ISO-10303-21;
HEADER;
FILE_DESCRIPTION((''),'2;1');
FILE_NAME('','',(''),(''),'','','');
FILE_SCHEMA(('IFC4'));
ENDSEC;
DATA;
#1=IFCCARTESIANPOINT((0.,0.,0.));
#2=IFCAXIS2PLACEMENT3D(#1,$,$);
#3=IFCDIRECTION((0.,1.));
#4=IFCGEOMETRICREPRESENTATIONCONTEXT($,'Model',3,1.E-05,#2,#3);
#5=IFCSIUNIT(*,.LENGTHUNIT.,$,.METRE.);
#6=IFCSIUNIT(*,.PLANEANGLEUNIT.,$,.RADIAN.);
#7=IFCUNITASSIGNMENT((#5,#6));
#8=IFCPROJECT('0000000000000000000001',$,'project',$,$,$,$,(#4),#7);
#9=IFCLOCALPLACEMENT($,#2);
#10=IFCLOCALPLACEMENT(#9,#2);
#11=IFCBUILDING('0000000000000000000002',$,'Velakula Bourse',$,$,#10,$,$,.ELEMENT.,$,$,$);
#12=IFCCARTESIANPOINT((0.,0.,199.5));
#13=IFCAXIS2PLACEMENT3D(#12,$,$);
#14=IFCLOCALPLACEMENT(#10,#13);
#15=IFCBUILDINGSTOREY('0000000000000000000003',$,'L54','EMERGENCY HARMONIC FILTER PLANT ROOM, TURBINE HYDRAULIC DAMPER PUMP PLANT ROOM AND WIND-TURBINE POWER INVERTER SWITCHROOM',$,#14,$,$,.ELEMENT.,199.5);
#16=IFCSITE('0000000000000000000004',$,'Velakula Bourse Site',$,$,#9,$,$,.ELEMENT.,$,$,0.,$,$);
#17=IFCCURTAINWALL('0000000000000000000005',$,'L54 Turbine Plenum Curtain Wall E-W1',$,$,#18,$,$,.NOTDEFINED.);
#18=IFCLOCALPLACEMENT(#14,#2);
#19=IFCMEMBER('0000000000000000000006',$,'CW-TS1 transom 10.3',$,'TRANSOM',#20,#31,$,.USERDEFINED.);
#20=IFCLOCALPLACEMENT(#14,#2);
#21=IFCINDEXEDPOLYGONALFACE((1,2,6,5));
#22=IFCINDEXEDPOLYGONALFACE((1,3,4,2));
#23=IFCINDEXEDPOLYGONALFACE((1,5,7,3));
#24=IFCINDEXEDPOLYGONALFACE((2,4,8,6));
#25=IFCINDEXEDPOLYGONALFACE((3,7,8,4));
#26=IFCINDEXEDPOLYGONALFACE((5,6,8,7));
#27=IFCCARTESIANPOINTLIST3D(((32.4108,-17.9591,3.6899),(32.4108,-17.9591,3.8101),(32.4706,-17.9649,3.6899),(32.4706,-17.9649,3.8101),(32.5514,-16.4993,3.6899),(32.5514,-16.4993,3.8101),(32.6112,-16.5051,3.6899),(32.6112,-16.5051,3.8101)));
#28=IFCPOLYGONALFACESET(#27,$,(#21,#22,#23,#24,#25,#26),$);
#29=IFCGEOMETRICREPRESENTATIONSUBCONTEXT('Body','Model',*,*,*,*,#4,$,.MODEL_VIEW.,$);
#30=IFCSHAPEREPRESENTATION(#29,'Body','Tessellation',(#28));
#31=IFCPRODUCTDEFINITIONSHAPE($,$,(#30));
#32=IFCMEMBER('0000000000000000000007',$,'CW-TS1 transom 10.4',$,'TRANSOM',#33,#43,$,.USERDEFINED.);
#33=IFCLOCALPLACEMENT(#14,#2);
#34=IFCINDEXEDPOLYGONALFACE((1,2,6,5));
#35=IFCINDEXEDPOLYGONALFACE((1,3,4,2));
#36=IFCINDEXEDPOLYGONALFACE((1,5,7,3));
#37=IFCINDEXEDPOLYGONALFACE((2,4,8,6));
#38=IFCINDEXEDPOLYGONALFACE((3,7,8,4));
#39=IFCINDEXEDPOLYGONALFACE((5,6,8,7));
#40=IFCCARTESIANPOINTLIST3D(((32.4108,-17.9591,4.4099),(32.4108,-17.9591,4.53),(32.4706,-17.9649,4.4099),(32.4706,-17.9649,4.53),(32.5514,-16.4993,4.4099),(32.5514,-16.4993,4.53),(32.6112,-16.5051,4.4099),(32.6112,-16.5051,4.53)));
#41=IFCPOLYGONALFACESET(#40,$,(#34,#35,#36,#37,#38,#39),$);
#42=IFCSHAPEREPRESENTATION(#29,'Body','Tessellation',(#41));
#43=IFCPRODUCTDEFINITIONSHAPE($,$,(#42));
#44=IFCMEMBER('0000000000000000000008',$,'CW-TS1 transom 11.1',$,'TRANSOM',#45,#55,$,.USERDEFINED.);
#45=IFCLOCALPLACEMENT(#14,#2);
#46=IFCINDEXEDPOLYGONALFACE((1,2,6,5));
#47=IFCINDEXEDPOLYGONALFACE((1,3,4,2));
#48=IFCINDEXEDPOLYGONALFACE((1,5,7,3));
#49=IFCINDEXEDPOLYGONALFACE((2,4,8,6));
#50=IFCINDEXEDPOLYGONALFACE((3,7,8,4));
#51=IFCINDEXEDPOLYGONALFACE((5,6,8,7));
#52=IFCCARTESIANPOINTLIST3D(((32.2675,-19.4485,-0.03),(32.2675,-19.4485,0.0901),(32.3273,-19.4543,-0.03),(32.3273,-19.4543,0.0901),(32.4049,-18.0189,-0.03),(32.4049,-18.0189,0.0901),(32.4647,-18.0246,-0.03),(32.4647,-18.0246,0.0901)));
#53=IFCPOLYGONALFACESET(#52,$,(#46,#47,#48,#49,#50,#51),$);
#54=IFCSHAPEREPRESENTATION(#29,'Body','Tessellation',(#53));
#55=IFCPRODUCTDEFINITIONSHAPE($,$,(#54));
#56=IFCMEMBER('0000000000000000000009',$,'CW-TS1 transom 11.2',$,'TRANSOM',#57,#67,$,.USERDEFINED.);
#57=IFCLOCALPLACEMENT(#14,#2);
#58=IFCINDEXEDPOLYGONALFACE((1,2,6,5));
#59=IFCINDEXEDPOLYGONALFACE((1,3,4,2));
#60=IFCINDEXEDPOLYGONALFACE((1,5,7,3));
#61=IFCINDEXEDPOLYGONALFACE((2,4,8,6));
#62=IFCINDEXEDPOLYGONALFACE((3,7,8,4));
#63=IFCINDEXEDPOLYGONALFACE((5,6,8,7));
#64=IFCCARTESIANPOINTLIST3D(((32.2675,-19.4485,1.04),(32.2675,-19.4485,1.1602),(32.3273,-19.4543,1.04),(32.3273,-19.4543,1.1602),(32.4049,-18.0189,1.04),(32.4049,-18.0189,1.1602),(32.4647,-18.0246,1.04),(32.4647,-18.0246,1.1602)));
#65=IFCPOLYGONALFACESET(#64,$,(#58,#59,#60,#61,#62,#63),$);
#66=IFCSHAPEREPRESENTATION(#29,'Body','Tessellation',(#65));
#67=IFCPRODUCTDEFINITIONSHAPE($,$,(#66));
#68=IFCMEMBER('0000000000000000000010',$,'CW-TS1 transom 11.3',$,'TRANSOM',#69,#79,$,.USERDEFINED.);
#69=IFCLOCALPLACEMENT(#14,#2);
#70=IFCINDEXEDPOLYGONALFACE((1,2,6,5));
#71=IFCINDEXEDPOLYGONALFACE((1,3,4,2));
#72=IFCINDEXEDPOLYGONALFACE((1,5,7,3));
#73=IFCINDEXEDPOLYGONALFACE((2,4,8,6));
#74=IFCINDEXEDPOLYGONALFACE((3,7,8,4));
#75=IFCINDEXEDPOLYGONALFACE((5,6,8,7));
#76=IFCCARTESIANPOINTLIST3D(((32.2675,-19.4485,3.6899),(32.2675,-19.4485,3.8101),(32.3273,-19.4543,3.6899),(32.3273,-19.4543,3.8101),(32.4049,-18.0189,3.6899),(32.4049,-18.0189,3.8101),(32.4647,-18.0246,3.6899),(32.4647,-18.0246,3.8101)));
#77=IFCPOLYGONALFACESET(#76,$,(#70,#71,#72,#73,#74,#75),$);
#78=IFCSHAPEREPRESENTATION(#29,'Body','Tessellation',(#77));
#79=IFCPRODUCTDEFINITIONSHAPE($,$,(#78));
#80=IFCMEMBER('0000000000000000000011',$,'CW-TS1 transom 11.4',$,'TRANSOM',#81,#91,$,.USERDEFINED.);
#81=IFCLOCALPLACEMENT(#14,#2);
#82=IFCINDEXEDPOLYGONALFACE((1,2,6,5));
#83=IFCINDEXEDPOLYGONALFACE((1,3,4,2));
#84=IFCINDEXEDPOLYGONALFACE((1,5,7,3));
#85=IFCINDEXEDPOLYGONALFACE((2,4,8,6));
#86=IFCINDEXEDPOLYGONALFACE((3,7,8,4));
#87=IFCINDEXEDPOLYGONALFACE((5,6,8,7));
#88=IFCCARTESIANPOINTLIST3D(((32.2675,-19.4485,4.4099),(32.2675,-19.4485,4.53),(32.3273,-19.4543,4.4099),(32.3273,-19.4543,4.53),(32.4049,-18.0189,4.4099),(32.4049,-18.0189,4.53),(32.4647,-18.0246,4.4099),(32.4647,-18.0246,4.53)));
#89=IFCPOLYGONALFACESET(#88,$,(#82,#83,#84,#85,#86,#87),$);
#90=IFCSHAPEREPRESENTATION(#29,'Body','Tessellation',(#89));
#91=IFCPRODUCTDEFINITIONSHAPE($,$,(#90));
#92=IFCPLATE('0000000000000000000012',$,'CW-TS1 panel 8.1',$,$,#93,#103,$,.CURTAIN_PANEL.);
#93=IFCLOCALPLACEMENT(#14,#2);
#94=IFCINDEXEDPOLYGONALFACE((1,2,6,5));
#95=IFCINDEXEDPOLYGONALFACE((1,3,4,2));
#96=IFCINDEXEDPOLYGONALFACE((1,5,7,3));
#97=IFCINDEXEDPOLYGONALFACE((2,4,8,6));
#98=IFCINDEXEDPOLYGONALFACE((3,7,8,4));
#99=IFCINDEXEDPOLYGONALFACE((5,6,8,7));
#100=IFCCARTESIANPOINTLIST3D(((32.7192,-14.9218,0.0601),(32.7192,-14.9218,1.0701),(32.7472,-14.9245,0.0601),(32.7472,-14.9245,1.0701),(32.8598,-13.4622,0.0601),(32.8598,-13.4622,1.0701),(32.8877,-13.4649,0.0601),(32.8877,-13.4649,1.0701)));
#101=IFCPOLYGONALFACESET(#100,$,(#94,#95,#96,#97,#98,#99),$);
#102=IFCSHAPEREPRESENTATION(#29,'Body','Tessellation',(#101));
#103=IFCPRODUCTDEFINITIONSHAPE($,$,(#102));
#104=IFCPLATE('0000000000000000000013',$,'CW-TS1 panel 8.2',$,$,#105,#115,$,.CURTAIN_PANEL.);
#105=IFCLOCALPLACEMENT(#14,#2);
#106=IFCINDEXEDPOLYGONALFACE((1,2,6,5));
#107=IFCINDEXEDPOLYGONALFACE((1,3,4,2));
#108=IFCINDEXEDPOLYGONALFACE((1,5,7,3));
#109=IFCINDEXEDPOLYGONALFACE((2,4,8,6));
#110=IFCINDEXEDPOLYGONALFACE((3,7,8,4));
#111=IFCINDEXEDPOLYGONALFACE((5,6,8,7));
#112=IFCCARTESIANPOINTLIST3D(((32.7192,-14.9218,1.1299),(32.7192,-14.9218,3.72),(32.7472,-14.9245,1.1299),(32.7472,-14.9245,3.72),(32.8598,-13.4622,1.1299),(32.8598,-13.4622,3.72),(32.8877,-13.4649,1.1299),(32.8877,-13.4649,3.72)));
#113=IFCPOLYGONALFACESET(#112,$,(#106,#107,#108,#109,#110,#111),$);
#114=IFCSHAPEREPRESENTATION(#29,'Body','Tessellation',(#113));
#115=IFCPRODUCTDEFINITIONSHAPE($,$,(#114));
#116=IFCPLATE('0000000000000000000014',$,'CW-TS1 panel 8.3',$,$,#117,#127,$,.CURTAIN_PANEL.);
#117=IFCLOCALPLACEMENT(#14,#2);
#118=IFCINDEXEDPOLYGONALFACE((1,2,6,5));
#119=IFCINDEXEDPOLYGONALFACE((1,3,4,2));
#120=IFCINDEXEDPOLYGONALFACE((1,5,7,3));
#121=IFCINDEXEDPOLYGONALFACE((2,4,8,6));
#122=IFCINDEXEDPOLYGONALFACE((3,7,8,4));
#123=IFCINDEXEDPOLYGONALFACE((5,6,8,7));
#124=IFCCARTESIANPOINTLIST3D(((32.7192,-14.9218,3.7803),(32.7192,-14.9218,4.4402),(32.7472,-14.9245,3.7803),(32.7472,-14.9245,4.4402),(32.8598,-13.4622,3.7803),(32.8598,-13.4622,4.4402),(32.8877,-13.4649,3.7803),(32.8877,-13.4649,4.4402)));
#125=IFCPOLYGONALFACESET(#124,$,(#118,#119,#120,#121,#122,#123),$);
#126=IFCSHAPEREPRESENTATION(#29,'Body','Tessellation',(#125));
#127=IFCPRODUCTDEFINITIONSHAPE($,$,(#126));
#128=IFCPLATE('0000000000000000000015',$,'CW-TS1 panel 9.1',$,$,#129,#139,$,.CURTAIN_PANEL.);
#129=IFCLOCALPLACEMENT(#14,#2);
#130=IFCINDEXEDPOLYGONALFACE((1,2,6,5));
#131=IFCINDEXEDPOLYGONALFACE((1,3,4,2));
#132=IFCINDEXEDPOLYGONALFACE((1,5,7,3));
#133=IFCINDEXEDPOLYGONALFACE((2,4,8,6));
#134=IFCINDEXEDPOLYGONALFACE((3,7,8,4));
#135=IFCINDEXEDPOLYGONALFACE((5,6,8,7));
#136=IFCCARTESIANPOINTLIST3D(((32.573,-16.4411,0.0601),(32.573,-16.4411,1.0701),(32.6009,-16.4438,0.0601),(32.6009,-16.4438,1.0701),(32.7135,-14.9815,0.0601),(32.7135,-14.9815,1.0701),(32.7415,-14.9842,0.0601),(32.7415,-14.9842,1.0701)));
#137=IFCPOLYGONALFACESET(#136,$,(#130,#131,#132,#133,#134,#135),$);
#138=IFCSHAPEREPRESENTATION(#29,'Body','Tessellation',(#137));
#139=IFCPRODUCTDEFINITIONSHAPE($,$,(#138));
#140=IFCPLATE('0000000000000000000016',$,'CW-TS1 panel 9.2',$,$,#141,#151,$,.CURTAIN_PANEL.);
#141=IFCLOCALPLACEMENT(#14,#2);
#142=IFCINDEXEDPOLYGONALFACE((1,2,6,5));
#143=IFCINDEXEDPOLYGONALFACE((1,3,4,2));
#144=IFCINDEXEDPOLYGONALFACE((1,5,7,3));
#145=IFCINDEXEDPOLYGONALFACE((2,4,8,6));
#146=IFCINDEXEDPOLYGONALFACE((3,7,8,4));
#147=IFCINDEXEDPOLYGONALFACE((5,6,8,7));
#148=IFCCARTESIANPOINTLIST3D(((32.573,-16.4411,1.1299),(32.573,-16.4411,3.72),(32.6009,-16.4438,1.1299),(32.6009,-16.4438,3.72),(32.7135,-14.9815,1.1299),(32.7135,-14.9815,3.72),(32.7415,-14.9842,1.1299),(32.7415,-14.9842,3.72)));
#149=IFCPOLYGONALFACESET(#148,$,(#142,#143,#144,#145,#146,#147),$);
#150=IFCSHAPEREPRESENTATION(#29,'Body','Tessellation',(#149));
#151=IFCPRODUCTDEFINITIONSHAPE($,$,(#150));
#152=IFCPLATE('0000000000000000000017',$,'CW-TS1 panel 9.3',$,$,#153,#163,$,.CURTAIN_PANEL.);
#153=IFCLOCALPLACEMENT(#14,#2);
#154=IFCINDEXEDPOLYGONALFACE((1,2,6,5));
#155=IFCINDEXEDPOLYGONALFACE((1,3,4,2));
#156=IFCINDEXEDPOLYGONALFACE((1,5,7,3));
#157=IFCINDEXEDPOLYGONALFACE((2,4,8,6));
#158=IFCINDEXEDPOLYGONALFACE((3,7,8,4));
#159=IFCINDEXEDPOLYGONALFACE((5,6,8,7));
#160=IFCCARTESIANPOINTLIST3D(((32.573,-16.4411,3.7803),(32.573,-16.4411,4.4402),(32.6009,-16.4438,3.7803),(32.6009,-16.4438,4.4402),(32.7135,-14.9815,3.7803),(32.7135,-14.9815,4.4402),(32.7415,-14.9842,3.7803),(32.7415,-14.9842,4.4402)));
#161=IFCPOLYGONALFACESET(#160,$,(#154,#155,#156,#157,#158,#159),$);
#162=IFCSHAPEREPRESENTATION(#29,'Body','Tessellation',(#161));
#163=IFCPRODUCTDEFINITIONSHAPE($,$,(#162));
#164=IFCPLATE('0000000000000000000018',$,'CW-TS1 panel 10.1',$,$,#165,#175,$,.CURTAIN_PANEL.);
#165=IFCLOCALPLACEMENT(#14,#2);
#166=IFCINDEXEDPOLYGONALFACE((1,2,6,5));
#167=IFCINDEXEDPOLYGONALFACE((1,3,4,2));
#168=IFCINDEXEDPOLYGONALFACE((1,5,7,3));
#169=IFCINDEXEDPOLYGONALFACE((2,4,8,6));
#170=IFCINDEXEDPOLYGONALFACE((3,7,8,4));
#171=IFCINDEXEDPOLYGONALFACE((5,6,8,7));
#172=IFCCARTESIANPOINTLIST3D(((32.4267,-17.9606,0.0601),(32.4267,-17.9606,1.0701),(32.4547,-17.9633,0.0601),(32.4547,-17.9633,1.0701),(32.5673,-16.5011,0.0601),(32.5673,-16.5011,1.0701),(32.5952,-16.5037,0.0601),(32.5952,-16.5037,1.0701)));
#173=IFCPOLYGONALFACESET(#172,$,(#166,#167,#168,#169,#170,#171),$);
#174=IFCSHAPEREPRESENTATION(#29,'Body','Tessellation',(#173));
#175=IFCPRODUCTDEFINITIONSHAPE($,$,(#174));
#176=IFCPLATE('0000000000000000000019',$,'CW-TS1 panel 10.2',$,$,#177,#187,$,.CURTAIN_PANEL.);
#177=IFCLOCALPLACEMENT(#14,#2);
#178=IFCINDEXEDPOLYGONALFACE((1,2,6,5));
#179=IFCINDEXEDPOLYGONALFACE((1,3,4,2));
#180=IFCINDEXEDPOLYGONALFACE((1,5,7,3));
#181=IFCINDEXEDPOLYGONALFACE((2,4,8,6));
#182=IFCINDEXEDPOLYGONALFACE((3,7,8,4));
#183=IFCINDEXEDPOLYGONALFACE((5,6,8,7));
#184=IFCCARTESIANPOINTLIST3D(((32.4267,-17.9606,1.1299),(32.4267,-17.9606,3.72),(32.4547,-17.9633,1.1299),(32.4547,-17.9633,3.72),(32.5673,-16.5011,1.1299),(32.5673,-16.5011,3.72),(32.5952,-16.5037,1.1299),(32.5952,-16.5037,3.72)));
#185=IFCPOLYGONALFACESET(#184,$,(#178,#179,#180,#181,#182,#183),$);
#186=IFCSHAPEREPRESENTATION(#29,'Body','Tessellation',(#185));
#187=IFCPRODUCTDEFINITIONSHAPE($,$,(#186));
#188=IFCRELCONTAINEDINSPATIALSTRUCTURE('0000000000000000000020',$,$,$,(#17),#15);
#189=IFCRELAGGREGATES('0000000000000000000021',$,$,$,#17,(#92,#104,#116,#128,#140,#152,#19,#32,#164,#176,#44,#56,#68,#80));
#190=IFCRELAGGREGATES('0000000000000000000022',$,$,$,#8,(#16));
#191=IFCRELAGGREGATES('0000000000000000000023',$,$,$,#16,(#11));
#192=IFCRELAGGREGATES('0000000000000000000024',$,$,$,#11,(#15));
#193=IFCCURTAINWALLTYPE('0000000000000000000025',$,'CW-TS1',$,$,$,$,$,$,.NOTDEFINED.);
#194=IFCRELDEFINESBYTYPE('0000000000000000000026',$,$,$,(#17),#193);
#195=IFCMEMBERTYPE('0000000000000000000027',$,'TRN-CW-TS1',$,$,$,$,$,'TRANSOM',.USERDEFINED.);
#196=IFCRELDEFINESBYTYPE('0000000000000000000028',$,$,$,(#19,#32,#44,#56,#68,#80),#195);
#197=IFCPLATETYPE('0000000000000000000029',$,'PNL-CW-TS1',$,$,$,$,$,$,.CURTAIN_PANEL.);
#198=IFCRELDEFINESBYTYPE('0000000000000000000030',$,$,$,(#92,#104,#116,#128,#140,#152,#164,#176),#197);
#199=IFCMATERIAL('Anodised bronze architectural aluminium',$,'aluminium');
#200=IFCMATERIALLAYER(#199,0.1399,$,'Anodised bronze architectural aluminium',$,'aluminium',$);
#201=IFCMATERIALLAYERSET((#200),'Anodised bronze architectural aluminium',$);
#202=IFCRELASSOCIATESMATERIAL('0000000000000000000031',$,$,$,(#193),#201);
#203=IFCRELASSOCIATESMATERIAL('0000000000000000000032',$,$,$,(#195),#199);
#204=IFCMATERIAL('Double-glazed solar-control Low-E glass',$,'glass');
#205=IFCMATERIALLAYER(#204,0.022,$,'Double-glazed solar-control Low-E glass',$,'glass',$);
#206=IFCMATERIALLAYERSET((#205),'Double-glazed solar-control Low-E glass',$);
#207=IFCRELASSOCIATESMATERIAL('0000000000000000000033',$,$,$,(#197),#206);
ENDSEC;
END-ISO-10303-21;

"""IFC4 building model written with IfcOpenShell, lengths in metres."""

from ifc_helpers import new_model, si_unit, direction, frame, origin, origin_2d, place, context, subcontext, project, spatial, rectangle, extrude, material, layer, layer_set, material_profile, profile_set, type_object, element, aggregate, save


model = new_model("IFC4")

# Units and contexts
model_context = context("Model", 3, precision=1e-05, world=origin(), true_north=direction((0.0, 1.0)))
body_context = subcontext(model_context, "Body", "Model", "MODEL_VIEW")
ifc_project = project(units=[si_unit("LENGTHUNIT", "METRE"), si_unit("PLANEANGLEUNIT", "RADIAN")], contexts=[model_context])

# Site, building, storey
site_placement = place(None, origin())
site = spatial("IfcSite", under=ifc_project, at=site_placement, Name="Velakula Bourse Site", CompositionType="ELEMENT", RefElevation=0.0)
building_placement = place(site_placement, origin())
building = spatial("IfcBuilding", under=site, at=building_placement, Name="Velakula Bourse", CompositionType="ELEMENT")
storey_placement = place(building_placement, frame((0.0, 0.0, 199.5)))
storey = spatial("IfcBuildingStorey", under=building, at=storey_placement, Name="L54", Description="EMERGENCY HARMONIC FILTER PLANT ROOM, TURBINE HYDRAULIC DAMPER PUMP PLANT ROOM AND WIND-TURBINE POWER INVERTER SWITCHROOM", CompositionType="ELEMENT", Elevation=199.5)

# Curtain wall
ifc_material_1 = material(Name="Anodised bronze architectural aluminium", Category="aluminium")
ifc_layer_1 = layer(ifc_material_1, 0.1399, Name="Anodised bronze architectural aluminium", Category="aluminium")
ifc_layer_set_1 = layer_set([ifc_layer_1], Name="Anodised bronze architectural aluminium")
curtain_wall_type = type_object("IfcCurtainWallType", Name="CW-TS1", PredefinedType="NOTDEFINED", material=ifc_layer_set_1)
curtain_wall_placement = place(storey_placement, origin())
curtain_wall = element("IfcCurtainWall", 1, at=curtain_wall_placement, inside=storey, type_object=curtain_wall_type, Name="L54 Turbine Plenum Curtain Wall E-W1", PredefinedType="NOTDEFINED")

# Members
ifc_material_profile_1 = material_profile(ifc_material_1, rectangle(XDim=0.0601, YDim=0.1201, at=origin_2d()), Name="Anodised bronze architectural aluminium")
ifc_profile_set_1 = profile_set([ifc_material_profile_1], Name="Anodised bronze architectural aluminium")
member_type_1 = type_object("IfcMemberType", Name="TRN-CW-TS1", ElementType="TRANSOM", PredefinedType="USERDEFINED", material=ifc_profile_set_1)
member_1_placement = place(storey_placement, frame((32.5813, -16.5022, 3.75), z_axis=(-0.095893, -0.995392, 0.0), x_axis=(0.995392, -0.095893, 0.0)))
member_1 = element("IfcMember", 2, at=member_1_placement, type_object=member_type_1, Name="CW-TS1 transom 10.3", ObjectType="TRANSOM", PredefinedType="USERDEFINED", context=body_context, shape_type="SweptSolid", body=[
    extrude(rectangle(XDim=0.0601, YDim=0.1201, at=origin_2d()), origin(), (0.0, 0.0, 1.0), 1.4666),
])
member_2_placement = place(storey_placement, frame((32.5813, -16.5022, 4.47), z_axis=(-0.095893, -0.995392, 0.0), x_axis=(0.995392, -0.095893, 0.0)))
member_2 = element("IfcMember", 3, at=member_2_placement, type_object=member_type_1, Name="CW-TS1 transom 10.4", ObjectType="TRANSOM", PredefinedType="USERDEFINED", context=body_context, shape_type="SweptSolid", body=[
    extrude(rectangle(XDim=0.0601, YDim=0.1201, at=origin_2d()), origin(), (0.0, 0.0, 1.0), 1.4666),
])
member_3_placement = place(storey_placement, frame((32.4348, -18.0217, 0.03), z_axis=(-0.095699, -0.99541, 0.0), x_axis=(0.99541, -0.095699, 0.0)))
member_3 = element("IfcMember", 4, at=member_3_placement, type_object=member_type_1, Name="CW-TS1 transom 11.1", ObjectType="TRANSOM", PredefinedType="USERDEFINED", context=body_context, shape_type="SweptSolid", body=[
    extrude(rectangle(XDim=0.0601, YDim=0.1201, at=origin_2d()), origin(), (0.0, 0.0, 1.0), 1.4363),
])
member_4_placement = place(storey_placement, frame((32.4348, -18.0217, 1.1001), z_axis=(-0.095699, -0.99541, 0.0), x_axis=(0.99541, -0.095699, 0.0)))
member_4 = element("IfcMember", 5, at=member_4_placement, type_object=member_type_1, Name="CW-TS1 transom 11.2", ObjectType="TRANSOM", PredefinedType="USERDEFINED", context=body_context, shape_type="SweptSolid", body=[
    extrude(rectangle(XDim=0.0601, YDim=0.1201, at=origin_2d()), origin(), (0.0, 0.0, 1.0), 1.4363),
])
member_5_placement = place(storey_placement, frame((32.4348, -18.0217, 3.75), z_axis=(-0.095699, -0.99541, 0.0), x_axis=(0.99541, -0.095699, 0.0)))
member_5 = element("IfcMember", 6, at=member_5_placement, type_object=member_type_1, Name="CW-TS1 transom 11.3", ObjectType="TRANSOM", PredefinedType="USERDEFINED", context=body_context, shape_type="SweptSolid", body=[
    extrude(rectangle(XDim=0.0601, YDim=0.1201, at=origin_2d()), origin(), (0.0, 0.0, 1.0), 1.4363),
])
member_6_placement = place(storey_placement, frame((32.4348, -18.0217, 4.47), z_axis=(-0.095699, -0.99541, 0.0), x_axis=(0.99541, -0.095699, 0.0)))
member_6 = element("IfcMember", 7, at=member_6_placement, type_object=member_type_1, Name="CW-TS1 transom 11.4", ObjectType="TRANSOM", PredefinedType="USERDEFINED", context=body_context, shape_type="SweptSolid", body=[
    extrude(rectangle(XDim=0.0601, YDim=0.1201, at=origin_2d()), origin(), (0.0, 0.0, 1.0), 1.4363),
])

# Plates
ifc_material_2 = material(Name="Double-glazed solar-control Low-E glass", Category="glass")
ifc_layer_2 = layer(ifc_material_2, 0.022, Name="Double-glazed solar-control Low-E glass", Category="glass")
ifc_layer_set_2 = layer_set([ifc_layer_2], Name="Double-glazed solar-control Low-E glass")
plate_type = type_object("IfcPlateType", Name="PNL-CW-TS1", PredefinedType="CURTAIN_PANEL", material=ifc_layer_set_2)
plate_1_placement = place(storey_placement, frame((32.8035, -14.1934, 0.0601), z_axis=(0.0, 0.0, 1.0), x_axis=(-0.095849, -0.995396, 0.0)))
plate_1 = element("IfcPlate", 8, at=plate_1_placement, type_object=plate_type, Name="CW-TS1 panel 8.1", PredefinedType="CURTAIN_PANEL", context=body_context, shape_type="SweptSolid", body=[
    extrude(rectangle(XDim=1.4663, YDim=0.0281, at=origin_2d()), origin(), (0.0, 0.0, 1.0), 1.01),
])
plate_2_placement = place(storey_placement, frame((32.8035, -14.1934, 1.1299), z_axis=(0.0, 0.0, 1.0), x_axis=(-0.095849, -0.995396, 0.0)))
plate_2 = element("IfcPlate", 9, at=plate_2_placement, type_object=plate_type, Name="CW-TS1 panel 8.2", PredefinedType="CURTAIN_PANEL", context=body_context, shape_type="SweptSolid", body=[
    extrude(rectangle(XDim=1.4663, YDim=0.0281, at=origin_2d()), origin(), (0.0, 0.0, 1.0), 2.5901),
])
plate_3_placement = place(storey_placement, frame((32.8035, -14.1934, 3.7803), z_axis=(0.0, 0.0, 1.0), x_axis=(-0.095849, -0.995396, 0.0)))
plate_3 = element("IfcPlate", 10, at=plate_3_placement, type_object=plate_type, Name="CW-TS1 panel 8.3", PredefinedType="CURTAIN_PANEL", context=body_context, shape_type="SweptSolid", body=[
    extrude(rectangle(XDim=1.4663, YDim=0.0281, at=origin_2d()), origin(), (0.0, 0.0, 1.0), 0.6599),
])
plate_4_placement = place(storey_placement, frame((32.6572, -15.7126, 0.0601), z_axis=(0.0, 0.0, 1.0), x_axis=(-0.095849, -0.995396, 0.0)))
plate_4 = element("IfcPlate", 11, at=plate_4_placement, type_object=plate_type, Name="CW-TS1 panel 9.1", PredefinedType="CURTAIN_PANEL", context=body_context, shape_type="SweptSolid", body=[
    extrude(rectangle(XDim=1.4663, YDim=0.0281, at=origin_2d()), origin(), (0.0, 0.0, 1.0), 1.01),
])
plate_5_placement = place(storey_placement, frame((32.6572, -15.7126, 1.1299), z_axis=(0.0, 0.0, 1.0), x_axis=(-0.095849, -0.995396, 0.0)))
plate_5 = element("IfcPlate", 12, at=plate_5_placement, type_object=plate_type, Name="CW-TS1 panel 9.2", PredefinedType="CURTAIN_PANEL", context=body_context, shape_type="SweptSolid", body=[
    extrude(rectangle(XDim=1.4663, YDim=0.0281, at=origin_2d()), origin(), (0.0, 0.0, 1.0), 2.5901),
])
plate_6_placement = place(storey_placement, frame((32.6572, -15.7126, 3.7803), z_axis=(0.0, 0.0, 1.0), x_axis=(-0.095849, -0.995396, 0.0)))
plate_6 = element("IfcPlate", 13, at=plate_6_placement, type_object=plate_type, Name="CW-TS1 panel 9.3", PredefinedType="CURTAIN_PANEL", context=body_context, shape_type="SweptSolid", body=[
    extrude(rectangle(XDim=1.4663, YDim=0.0281, at=origin_2d()), origin(), (0.0, 0.0, 1.0), 0.6599),
])
plate_7_placement = place(storey_placement, frame((32.511, -17.2322, 0.0601), z_axis=(0.0, 0.0, 1.0), x_axis=(-0.095849, -0.995396, 0.0)))
plate_7 = element("IfcPlate", 14, at=plate_7_placement, type_object=plate_type, Name="CW-TS1 panel 10.1", PredefinedType="CURTAIN_PANEL", context=body_context, shape_type="SweptSolid", body=[
    extrude(rectangle(XDim=1.4663, YDim=0.0281, at=origin_2d()), origin(), (0.0, 0.0, 1.0), 1.01),
])
plate_8_placement = place(storey_placement, frame((32.511, -17.2322, 1.1299), z_axis=(0.0, 0.0, 1.0), x_axis=(-0.095849, -0.995396, 0.0)))
plate_8 = element("IfcPlate", 15, at=plate_8_placement, type_object=plate_type, Name="CW-TS1 panel 10.2", PredefinedType="CURTAIN_PANEL", context=body_context, shape_type="SweptSolid", body=[
    extrude(rectangle(XDim=1.4663, YDim=0.0281, at=origin_2d()), origin(), (0.0, 0.0, 1.0), 2.5901),
])
aggregate(curtain_wall, [plate_1, plate_2, plate_3, plate_4, plate_5, plate_6, member_1, member_2, plate_7, plate_8, member_3, member_4, member_5, member_6])

save(model, "model.ifc")
